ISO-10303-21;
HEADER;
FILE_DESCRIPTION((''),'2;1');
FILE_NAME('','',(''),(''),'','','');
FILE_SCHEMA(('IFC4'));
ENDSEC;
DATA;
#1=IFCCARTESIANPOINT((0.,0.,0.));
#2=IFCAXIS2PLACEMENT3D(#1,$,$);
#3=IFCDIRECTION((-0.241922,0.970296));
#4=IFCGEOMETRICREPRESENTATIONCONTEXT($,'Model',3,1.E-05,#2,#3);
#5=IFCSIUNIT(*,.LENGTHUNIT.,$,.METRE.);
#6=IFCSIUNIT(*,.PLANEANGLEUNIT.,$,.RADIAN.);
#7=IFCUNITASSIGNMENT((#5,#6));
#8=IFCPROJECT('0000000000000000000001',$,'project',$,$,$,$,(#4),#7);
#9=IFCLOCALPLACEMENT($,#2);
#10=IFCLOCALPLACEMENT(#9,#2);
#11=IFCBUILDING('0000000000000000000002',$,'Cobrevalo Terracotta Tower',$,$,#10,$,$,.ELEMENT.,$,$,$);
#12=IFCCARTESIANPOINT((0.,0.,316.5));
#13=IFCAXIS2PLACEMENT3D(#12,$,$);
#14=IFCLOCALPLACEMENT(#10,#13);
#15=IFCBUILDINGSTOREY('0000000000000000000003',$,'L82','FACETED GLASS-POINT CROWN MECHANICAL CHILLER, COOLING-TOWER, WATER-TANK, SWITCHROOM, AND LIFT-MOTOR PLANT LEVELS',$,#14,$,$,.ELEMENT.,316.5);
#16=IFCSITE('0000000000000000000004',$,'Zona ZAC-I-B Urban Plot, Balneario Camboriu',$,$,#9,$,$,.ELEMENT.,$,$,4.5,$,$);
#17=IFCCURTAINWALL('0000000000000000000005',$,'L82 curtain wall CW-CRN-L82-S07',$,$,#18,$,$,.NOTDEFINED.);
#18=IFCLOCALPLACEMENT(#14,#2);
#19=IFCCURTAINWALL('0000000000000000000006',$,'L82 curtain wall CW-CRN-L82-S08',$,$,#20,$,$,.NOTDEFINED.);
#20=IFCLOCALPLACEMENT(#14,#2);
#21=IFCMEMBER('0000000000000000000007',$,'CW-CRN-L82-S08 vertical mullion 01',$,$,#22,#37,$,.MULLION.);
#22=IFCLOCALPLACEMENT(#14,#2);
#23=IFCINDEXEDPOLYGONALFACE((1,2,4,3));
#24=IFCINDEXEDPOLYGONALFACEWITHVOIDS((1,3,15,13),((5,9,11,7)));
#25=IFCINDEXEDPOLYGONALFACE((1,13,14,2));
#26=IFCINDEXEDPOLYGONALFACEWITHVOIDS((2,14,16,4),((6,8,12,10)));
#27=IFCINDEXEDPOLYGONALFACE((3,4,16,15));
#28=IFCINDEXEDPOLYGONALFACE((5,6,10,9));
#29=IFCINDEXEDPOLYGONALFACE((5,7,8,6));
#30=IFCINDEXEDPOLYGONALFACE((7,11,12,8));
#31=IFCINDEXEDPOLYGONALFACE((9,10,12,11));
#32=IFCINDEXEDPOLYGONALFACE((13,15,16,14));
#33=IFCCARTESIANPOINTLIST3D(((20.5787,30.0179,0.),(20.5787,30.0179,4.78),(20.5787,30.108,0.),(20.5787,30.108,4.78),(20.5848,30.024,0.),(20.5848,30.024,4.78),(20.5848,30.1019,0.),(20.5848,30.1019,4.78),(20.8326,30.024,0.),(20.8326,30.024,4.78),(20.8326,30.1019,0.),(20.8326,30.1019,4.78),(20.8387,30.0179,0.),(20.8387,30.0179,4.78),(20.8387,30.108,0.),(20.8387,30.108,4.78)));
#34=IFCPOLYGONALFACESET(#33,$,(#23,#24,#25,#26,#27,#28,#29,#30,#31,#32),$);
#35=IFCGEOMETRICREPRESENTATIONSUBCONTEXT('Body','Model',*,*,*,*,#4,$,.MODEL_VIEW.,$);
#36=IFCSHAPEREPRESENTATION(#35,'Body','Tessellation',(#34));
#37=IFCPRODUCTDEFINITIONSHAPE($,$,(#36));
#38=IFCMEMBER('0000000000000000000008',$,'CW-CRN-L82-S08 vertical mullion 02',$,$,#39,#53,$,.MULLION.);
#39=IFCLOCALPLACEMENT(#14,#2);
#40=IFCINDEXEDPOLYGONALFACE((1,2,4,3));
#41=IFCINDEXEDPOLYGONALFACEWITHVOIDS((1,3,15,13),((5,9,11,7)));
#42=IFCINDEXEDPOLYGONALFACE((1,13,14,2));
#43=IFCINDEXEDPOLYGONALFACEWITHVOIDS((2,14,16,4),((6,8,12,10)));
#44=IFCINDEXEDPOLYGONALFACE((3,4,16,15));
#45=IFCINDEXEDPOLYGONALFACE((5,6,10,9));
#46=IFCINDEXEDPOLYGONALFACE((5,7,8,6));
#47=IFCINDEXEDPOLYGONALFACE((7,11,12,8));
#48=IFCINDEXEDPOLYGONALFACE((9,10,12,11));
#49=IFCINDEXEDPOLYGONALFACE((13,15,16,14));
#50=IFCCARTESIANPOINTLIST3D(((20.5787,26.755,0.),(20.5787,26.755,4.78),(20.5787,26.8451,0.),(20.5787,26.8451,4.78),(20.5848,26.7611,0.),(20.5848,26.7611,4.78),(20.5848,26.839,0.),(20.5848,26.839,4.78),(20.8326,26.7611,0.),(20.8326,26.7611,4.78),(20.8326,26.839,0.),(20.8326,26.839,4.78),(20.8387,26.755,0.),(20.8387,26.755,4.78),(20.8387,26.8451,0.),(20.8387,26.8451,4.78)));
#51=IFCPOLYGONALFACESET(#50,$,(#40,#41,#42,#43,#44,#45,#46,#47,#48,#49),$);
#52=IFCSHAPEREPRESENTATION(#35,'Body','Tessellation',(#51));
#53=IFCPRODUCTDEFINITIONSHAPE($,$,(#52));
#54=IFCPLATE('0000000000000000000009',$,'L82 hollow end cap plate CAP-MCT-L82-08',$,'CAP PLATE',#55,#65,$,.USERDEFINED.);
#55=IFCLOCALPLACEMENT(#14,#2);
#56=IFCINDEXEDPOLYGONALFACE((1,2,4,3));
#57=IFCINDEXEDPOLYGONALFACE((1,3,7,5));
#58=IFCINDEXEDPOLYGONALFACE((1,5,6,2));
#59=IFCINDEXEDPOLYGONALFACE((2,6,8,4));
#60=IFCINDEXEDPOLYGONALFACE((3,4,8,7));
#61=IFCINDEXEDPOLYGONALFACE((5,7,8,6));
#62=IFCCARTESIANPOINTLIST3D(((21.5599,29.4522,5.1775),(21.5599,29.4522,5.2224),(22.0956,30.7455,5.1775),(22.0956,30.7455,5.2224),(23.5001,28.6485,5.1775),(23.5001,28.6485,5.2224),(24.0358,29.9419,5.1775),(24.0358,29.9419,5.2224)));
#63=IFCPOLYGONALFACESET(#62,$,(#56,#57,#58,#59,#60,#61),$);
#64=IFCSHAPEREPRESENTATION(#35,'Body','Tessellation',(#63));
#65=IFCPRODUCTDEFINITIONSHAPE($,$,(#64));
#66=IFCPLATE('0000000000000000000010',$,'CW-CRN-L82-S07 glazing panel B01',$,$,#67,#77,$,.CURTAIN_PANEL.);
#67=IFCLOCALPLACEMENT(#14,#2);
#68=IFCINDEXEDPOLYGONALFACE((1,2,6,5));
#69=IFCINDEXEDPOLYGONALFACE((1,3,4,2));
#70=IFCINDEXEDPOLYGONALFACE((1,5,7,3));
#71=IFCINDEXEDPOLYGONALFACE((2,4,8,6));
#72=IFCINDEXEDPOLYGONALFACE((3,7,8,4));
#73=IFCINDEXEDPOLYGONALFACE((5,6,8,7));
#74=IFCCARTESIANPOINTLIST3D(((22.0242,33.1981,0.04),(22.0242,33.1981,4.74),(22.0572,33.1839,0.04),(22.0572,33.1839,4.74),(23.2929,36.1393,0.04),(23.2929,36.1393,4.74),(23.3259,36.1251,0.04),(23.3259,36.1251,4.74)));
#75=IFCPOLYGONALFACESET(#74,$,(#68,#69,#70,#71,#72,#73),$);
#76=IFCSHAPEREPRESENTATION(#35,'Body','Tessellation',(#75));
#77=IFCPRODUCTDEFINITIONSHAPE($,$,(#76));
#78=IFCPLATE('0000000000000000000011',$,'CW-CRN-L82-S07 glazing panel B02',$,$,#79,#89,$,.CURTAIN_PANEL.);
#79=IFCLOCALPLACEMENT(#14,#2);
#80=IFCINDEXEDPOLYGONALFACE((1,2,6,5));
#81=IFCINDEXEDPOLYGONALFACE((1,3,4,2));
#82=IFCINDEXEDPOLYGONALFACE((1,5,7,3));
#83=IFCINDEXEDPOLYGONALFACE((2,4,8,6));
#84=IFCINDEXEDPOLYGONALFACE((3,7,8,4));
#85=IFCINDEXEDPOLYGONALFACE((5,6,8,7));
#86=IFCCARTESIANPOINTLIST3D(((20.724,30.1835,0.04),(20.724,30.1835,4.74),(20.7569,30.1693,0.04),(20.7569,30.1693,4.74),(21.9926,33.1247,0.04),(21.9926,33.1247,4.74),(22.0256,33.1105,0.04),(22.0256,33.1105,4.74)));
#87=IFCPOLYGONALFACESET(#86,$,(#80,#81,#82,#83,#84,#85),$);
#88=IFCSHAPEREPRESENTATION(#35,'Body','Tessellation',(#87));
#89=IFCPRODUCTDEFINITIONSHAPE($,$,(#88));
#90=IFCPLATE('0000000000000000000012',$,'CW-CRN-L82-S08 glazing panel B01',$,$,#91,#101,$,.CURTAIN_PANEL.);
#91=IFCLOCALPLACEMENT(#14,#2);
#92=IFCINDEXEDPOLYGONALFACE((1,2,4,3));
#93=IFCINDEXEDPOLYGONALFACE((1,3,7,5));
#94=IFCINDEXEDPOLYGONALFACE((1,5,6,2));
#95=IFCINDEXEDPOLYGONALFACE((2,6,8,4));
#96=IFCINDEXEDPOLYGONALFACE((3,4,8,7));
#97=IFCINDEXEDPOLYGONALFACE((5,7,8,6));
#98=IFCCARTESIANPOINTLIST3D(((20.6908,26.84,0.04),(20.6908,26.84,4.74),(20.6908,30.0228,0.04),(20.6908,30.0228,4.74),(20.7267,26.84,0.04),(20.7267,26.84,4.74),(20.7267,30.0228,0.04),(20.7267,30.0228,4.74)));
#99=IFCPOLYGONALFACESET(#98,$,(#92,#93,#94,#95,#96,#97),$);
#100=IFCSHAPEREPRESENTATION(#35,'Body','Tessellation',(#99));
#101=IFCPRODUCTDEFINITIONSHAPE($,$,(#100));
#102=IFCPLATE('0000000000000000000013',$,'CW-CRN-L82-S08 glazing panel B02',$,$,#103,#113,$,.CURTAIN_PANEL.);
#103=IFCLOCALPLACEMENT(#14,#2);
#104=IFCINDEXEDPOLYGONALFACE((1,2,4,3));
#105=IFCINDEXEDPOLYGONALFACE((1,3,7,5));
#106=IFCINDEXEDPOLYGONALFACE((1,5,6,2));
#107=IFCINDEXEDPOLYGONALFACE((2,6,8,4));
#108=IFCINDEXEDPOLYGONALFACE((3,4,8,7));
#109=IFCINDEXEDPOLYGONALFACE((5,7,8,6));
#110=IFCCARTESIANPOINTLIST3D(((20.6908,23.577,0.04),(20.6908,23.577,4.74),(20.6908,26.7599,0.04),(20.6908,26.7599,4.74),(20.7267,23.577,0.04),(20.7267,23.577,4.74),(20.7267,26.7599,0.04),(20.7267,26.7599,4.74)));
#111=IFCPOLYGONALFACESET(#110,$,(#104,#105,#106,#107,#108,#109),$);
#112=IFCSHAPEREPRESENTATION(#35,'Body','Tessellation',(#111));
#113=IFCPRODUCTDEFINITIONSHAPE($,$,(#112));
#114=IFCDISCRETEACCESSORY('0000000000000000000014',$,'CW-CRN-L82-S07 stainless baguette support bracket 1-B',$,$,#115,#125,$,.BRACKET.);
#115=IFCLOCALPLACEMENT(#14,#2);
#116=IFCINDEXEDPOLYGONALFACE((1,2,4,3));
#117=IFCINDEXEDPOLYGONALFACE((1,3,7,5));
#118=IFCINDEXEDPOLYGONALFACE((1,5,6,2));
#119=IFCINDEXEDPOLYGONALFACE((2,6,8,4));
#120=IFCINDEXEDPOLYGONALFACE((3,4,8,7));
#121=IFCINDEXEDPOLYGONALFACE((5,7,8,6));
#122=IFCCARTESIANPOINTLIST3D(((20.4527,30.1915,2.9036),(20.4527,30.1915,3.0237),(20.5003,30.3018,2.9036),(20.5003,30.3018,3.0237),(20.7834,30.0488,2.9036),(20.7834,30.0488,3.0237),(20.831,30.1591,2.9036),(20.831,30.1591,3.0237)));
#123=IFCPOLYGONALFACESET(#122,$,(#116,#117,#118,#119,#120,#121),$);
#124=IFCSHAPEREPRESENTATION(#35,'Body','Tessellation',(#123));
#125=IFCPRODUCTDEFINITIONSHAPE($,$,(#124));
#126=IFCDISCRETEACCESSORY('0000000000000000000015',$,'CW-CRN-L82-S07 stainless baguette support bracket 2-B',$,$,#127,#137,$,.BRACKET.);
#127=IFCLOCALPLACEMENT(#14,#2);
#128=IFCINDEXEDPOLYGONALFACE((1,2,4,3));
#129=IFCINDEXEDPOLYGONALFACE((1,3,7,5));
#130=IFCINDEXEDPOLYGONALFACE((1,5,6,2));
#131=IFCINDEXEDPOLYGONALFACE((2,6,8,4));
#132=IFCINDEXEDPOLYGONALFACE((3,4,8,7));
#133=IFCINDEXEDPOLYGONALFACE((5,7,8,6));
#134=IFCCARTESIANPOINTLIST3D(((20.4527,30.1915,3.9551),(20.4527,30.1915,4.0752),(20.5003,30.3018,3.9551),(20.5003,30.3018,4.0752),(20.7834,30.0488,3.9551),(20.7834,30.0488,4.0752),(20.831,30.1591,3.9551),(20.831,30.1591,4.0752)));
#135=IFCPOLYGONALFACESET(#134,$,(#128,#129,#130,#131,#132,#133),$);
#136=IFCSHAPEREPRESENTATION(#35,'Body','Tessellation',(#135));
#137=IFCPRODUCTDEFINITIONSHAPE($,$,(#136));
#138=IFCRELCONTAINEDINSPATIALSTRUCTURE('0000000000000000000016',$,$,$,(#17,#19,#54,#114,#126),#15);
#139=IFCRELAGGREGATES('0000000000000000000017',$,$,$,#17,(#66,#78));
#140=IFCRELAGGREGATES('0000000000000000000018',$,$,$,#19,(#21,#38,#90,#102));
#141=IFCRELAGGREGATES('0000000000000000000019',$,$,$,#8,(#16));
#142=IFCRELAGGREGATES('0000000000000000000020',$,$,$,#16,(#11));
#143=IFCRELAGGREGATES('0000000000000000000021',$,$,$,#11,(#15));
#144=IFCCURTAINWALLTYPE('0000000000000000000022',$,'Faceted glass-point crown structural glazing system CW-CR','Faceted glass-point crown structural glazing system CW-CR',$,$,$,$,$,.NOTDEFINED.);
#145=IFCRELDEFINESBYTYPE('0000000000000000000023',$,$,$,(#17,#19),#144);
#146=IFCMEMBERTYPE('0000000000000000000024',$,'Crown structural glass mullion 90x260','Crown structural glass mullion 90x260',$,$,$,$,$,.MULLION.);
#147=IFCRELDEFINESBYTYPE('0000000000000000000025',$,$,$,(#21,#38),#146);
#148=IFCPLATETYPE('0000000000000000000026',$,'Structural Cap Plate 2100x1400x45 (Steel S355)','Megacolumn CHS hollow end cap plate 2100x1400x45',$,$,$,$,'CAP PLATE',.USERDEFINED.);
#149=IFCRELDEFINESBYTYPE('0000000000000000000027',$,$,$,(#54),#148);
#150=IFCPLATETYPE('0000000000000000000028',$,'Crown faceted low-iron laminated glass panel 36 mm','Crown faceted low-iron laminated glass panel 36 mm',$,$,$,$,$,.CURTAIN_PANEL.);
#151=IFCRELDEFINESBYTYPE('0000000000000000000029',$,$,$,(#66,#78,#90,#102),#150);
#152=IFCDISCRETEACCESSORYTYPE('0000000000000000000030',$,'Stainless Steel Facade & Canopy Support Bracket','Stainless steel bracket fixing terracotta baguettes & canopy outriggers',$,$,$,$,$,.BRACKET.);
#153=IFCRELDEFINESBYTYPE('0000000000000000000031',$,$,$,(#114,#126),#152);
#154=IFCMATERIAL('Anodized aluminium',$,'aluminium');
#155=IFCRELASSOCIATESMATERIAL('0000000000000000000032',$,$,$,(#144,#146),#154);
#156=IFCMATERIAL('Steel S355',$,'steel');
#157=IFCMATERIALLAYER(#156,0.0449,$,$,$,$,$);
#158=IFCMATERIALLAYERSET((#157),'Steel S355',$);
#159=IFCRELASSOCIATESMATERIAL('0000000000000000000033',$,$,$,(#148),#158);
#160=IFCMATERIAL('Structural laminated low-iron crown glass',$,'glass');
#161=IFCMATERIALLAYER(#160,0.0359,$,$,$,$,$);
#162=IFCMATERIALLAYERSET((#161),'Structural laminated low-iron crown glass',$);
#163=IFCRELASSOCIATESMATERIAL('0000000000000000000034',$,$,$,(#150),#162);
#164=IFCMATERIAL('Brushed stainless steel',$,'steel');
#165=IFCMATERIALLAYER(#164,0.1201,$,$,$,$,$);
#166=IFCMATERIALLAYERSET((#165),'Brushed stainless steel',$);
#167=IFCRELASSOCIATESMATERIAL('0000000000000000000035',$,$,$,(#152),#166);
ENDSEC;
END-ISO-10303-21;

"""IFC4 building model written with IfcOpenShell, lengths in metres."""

from ifc_helpers import new_model, si_unit, direction, frame, origin, origin_2d, place, context, subcontext, project, spatial, rectangle, hollow_rectangle, extrude, source, transform, mapped, material, layer, layer_set, material_profile, profile_set, type_object, element, aggregate, save


model = new_model("IFC4")

# Units and contexts
model_context = context("Model", 3, precision=1e-05, world=origin(), true_north=direction((-0.241922, 0.970296)))
body_context = subcontext(model_context, "Body", "Model", "MODEL_VIEW")
ifc_project = project(units=[si_unit("LENGTHUNIT", "METRE"), si_unit("PLANEANGLEUNIT", "RADIAN")], contexts=[model_context])

# Site, building, storey
site_placement = place(None, origin())
site = spatial("IfcSite", under=ifc_project, at=site_placement, Name="Zona ZAC-I-B Urban Plot, Balneario Camboriu", CompositionType="ELEMENT", RefElevation=4.5)
building_placement = place(site_placement, origin())
building = spatial("IfcBuilding", under=site, at=building_placement, Name="Cobrevalo Terracotta Tower", CompositionType="ELEMENT")
storey_placement = place(building_placement, frame((0.0, 0.0, 316.5)))
storey = spatial("IfcBuildingStorey", under=building, at=storey_placement, Name="L82", Description="FACETED GLASS-POINT CROWN MECHANICAL CHILLER, COOLING-TOWER, WATER-TANK, SWITCHROOM, AND LIFT-MOTOR PLANT LEVELS", CompositionType="ELEMENT", Elevation=316.5)

# Shared definitions
ifc_material_1 = material(Name="Steel S355", Category="steel")

# Curtain walls
ifc_material_2 = material(Name="Anodized aluminium", Category="aluminium")
curtain_wall_type = type_object("IfcCurtainWallType", Name="Faceted glass-point crown structural glazing system CW-CR", Description="Faceted glass-point crown structural glazing system CW-CR", PredefinedType="NOTDEFINED", material=ifc_material_2)
curtain_wall_1_placement = place(storey_placement, origin())
curtain_wall_1 = element("IfcCurtainWall", 1, at=curtain_wall_1_placement, inside=storey, type_object=curtain_wall_type, Name="L82 curtain wall CW-CRN-L82-S07", PredefinedType="NOTDEFINED")
curtain_wall_2_placement = place(storey_placement, origin())
curtain_wall_2 = element("IfcCurtainWall", 2, at=curtain_wall_2_placement, inside=storey, type_object=curtain_wall_type, Name="L82 curtain wall CW-CRN-L82-S08", PredefinedType="NOTDEFINED")

# Members
ifc_material_profile_1 = material_profile(ifc_material_2, hollow_rectangle(XDim=0.0901, YDim=0.26, WallThickness=0.0061, at=origin_2d()), Name="CWM 90x260")
ifc_profile_set_1 = profile_set([ifc_material_profile_1], Name="Anodized aluminium")
member_type_1 = type_object("IfcMemberType", Name="Crown structural glass mullion 90x260", Description="Crown structural glass mullion 90x260", PredefinedType="MULLION", material=ifc_profile_set_1)
shared_shape_1 = source(origin(), body_context, "Body", "SweptSolid", [
    extrude(hollow_rectangle(XDim=0.0901, YDim=0.26, WallThickness=0.0061, at=origin_2d()), origin(), (0.0, 0.0, 1.0), 4.78),
])
member_1_placement = place(storey_placement, frame((20.7087, 30.063, 0.0), z_axis=(0.0, 0.0, 1.0), x_axis=(0.0, -1.0, 0.0)))
member_1 = element("IfcMember", 3, at=member_1_placement, type_object=member_type_1, Name="CW-CRN-L82-S08 vertical mullion 01", PredefinedType="MULLION", context=body_context, shape_type="MappedRepresentation", body=[
    mapped(shared_shape_1, transform((0.0, 0.0, 0.0), scale=1.0)),
])
member_2_placement = place(storey_placement, frame((20.7087, 26.8, 0.0), z_axis=(0.0, 0.0, 1.0), x_axis=(0.0, -1.0, 0.0)))
member_2 = element("IfcMember", 4, at=member_2_placement, type_object=member_type_1, Name="CW-CRN-L82-S08 vertical mullion 02", PredefinedType="MULLION", context=body_context, shape_type="MappedRepresentation", body=[
    mapped(shared_shape_1, transform((0.0, 0.0, 0.0), scale=1.0)),
])

# Plates
ifc_layer_1 = layer(ifc_material_1, 0.0449)
ifc_layer_set_1 = layer_set([ifc_layer_1], Name="Steel S355")
plate_type_1 = type_object("IfcPlateType", Name="Structural Cap Plate 2100x1400x45 (Steel S355)", Description="Megacolumn CHS hollow end cap plate 2100x1400x45", ElementType="CAP PLATE", PredefinedType="USERDEFINED", material=ifc_layer_set_1)
shared_shape_2 = source(origin(), body_context, "Body", "SweptSolid", [
    extrude(rectangle(XDim=2.1001, YDim=1.3999, at=origin_2d()), origin(), (0.0, 0.0, 1.0), 0.0449),
])
plate_1_placement = place(storey_placement, frame((22.7979, 29.697, 5.1775), z_axis=(0.0, 0.0, 1.0), x_axis=(-0.92388, 0.382683, 0.0)))
element("IfcPlate", 5, at=plate_1_placement, inside=storey, type_object=plate_type_1, Name="L82 hollow end cap plate CAP-MCT-L82-08", ObjectType="CAP PLATE", PredefinedType="USERDEFINED", context=body_context, shape_type="MappedRepresentation", body=[
    mapped(shared_shape_2, transform((0.0, 0.0, 0.0), scale=1.0)),
])
ifc_material_3 = material(Name="Structural laminated low-iron crown glass", Category="glass")
ifc_layer_2 = layer(ifc_material_3, 0.0359)
ifc_layer_set_2 = layer_set([ifc_layer_2], Name="Structural laminated low-iron crown glass")
plate_type_2 = type_object("IfcPlateType", Name="Crown faceted low-iron laminated glass panel 36 mm", Description="Crown faceted low-iron laminated glass panel 36 mm", PredefinedType="CURTAIN_PANEL", material=ifc_layer_set_2)
shared_shape_3 = source(origin(), body_context, "Body", "SweptSolid", [
    extrude(rectangle(XDim=3.2031, YDim=0.0359, at=origin_2d()), origin(), (0.0, 0.0, 1.0), 4.7),
])
plate_2_placement = place(storey_placement, frame((22.675, 34.6616, 0.04), z_axis=(0.0, 0.0, 1.0), x_axis=(-0.396066, -0.918222, 0.0)))
plate_2 = element("IfcPlate", 6, at=plate_2_placement, type_object=plate_type_2, Name="CW-CRN-L82-S07 glazing panel B01", PredefinedType="CURTAIN_PANEL", context=body_context, shape_type="MappedRepresentation", body=[
    mapped(shared_shape_3, transform((0.0, 0.0, 0.0), scale=1.0)),
])
plate_3_placement = place(storey_placement, frame((21.3748, 31.647, 0.04), z_axis=(0.0, 0.0, 1.0), x_axis=(-0.396066, -0.918222, 0.0)))
plate_3 = element("IfcPlate", 7, at=plate_3_placement, type_object=plate_type_2, Name="CW-CRN-L82-S07 glazing panel B02", PredefinedType="CURTAIN_PANEL", context=body_context, shape_type="MappedRepresentation", body=[
    mapped(shared_shape_3, transform((0.0, 0.0, 0.0), scale=1.0)),
])
aggregate(curtain_wall_1, [plate_2, plate_3])
shared_shape_4 = source(origin(), body_context, "Body", "SweptSolid", [
    extrude(rectangle(XDim=3.1829, YDim=0.0359, at=origin_2d()), origin(), (0.0, 0.0, 1.0), 4.7),
])
plate_4_placement = place(storey_placement, frame((20.7087, 28.4314, 0.04), z_axis=(0.0, 0.0, 1.0), x_axis=(0.0, -1.0, 0.0)))
plate_4 = element("IfcPlate", 8, at=plate_4_placement, type_object=plate_type_2, Name="CW-CRN-L82-S08 glazing panel B01", PredefinedType="CURTAIN_PANEL", context=body_context, shape_type="MappedRepresentation", body=[
    mapped(shared_shape_4, transform((0.0, 0.0, 0.0), scale=1.0)),
])
plate_5_placement = place(storey_placement, frame((20.7087, 25.1685, 0.04), z_axis=(0.0, 0.0, 1.0), x_axis=(0.0, -1.0, 0.0)))
plate_5 = element("IfcPlate", 9, at=plate_5_placement, type_object=plate_type_2, Name="CW-CRN-L82-S08 glazing panel B02", PredefinedType="CURTAIN_PANEL", context=body_context, shape_type="MappedRepresentation", body=[
    mapped(shared_shape_4, transform((0.0, 0.0, 0.0), scale=1.0)),
])
aggregate(curtain_wall_2, [member_1, member_2, plate_4, plate_5])

# Discrete accessories
ifc_material_4 = material(Name="Brushed stainless steel", Category="steel")
ifc_layer_3 = layer(ifc_material_4, 0.1201)
ifc_layer_set_3 = layer_set([ifc_layer_3], Name="Brushed stainless steel")
discrete_accessory_type = type_object("IfcDiscreteAccessoryType", Name="Stainless Steel Facade & Canopy Support Bracket", Description="Stainless steel bracket fixing terracotta baguettes & canopy outriggers", PredefinedType="BRACKET", material=ifc_layer_set_3)
shared_shape_5 = source(origin(), body_context, "Body", "SweptSolid", [
    extrude(rectangle(XDim=0.1201, YDim=0.3601, at=origin_2d()), origin(), (0.0, 0.0, 1.0), 0.1201),
])
for number, where, z_axis, x_axis, name in (
    (10, (20.6418, 30.1753, 2.9036), (0.0, 0.0, 1.0), (-0.396066, -0.918222, 0.0), "CW-CRN-L82-S07 stainless baguette support bracket 1-B"),
    (11, (20.6418, 30.1753, 3.9551), (0.0, 0.0, 1.0), (-0.396066, -0.918222, 0.0), "CW-CRN-L82-S07 stainless baguette support bracket 2-B"),
):
    element("IfcDiscreteAccessory", number, at=place(storey_placement, frame(where, z_axis=z_axis, x_axis=x_axis)), inside=storey, type_object=discrete_accessory_type, Name=name, PredefinedType="BRACKET", context=body_context, shape_type="MappedRepresentation", body=[
        mapped(shared_shape_5, transform((0.0, 0.0, 0.0), scale=1.0)),
    ])

save(model, "model.ifc")
